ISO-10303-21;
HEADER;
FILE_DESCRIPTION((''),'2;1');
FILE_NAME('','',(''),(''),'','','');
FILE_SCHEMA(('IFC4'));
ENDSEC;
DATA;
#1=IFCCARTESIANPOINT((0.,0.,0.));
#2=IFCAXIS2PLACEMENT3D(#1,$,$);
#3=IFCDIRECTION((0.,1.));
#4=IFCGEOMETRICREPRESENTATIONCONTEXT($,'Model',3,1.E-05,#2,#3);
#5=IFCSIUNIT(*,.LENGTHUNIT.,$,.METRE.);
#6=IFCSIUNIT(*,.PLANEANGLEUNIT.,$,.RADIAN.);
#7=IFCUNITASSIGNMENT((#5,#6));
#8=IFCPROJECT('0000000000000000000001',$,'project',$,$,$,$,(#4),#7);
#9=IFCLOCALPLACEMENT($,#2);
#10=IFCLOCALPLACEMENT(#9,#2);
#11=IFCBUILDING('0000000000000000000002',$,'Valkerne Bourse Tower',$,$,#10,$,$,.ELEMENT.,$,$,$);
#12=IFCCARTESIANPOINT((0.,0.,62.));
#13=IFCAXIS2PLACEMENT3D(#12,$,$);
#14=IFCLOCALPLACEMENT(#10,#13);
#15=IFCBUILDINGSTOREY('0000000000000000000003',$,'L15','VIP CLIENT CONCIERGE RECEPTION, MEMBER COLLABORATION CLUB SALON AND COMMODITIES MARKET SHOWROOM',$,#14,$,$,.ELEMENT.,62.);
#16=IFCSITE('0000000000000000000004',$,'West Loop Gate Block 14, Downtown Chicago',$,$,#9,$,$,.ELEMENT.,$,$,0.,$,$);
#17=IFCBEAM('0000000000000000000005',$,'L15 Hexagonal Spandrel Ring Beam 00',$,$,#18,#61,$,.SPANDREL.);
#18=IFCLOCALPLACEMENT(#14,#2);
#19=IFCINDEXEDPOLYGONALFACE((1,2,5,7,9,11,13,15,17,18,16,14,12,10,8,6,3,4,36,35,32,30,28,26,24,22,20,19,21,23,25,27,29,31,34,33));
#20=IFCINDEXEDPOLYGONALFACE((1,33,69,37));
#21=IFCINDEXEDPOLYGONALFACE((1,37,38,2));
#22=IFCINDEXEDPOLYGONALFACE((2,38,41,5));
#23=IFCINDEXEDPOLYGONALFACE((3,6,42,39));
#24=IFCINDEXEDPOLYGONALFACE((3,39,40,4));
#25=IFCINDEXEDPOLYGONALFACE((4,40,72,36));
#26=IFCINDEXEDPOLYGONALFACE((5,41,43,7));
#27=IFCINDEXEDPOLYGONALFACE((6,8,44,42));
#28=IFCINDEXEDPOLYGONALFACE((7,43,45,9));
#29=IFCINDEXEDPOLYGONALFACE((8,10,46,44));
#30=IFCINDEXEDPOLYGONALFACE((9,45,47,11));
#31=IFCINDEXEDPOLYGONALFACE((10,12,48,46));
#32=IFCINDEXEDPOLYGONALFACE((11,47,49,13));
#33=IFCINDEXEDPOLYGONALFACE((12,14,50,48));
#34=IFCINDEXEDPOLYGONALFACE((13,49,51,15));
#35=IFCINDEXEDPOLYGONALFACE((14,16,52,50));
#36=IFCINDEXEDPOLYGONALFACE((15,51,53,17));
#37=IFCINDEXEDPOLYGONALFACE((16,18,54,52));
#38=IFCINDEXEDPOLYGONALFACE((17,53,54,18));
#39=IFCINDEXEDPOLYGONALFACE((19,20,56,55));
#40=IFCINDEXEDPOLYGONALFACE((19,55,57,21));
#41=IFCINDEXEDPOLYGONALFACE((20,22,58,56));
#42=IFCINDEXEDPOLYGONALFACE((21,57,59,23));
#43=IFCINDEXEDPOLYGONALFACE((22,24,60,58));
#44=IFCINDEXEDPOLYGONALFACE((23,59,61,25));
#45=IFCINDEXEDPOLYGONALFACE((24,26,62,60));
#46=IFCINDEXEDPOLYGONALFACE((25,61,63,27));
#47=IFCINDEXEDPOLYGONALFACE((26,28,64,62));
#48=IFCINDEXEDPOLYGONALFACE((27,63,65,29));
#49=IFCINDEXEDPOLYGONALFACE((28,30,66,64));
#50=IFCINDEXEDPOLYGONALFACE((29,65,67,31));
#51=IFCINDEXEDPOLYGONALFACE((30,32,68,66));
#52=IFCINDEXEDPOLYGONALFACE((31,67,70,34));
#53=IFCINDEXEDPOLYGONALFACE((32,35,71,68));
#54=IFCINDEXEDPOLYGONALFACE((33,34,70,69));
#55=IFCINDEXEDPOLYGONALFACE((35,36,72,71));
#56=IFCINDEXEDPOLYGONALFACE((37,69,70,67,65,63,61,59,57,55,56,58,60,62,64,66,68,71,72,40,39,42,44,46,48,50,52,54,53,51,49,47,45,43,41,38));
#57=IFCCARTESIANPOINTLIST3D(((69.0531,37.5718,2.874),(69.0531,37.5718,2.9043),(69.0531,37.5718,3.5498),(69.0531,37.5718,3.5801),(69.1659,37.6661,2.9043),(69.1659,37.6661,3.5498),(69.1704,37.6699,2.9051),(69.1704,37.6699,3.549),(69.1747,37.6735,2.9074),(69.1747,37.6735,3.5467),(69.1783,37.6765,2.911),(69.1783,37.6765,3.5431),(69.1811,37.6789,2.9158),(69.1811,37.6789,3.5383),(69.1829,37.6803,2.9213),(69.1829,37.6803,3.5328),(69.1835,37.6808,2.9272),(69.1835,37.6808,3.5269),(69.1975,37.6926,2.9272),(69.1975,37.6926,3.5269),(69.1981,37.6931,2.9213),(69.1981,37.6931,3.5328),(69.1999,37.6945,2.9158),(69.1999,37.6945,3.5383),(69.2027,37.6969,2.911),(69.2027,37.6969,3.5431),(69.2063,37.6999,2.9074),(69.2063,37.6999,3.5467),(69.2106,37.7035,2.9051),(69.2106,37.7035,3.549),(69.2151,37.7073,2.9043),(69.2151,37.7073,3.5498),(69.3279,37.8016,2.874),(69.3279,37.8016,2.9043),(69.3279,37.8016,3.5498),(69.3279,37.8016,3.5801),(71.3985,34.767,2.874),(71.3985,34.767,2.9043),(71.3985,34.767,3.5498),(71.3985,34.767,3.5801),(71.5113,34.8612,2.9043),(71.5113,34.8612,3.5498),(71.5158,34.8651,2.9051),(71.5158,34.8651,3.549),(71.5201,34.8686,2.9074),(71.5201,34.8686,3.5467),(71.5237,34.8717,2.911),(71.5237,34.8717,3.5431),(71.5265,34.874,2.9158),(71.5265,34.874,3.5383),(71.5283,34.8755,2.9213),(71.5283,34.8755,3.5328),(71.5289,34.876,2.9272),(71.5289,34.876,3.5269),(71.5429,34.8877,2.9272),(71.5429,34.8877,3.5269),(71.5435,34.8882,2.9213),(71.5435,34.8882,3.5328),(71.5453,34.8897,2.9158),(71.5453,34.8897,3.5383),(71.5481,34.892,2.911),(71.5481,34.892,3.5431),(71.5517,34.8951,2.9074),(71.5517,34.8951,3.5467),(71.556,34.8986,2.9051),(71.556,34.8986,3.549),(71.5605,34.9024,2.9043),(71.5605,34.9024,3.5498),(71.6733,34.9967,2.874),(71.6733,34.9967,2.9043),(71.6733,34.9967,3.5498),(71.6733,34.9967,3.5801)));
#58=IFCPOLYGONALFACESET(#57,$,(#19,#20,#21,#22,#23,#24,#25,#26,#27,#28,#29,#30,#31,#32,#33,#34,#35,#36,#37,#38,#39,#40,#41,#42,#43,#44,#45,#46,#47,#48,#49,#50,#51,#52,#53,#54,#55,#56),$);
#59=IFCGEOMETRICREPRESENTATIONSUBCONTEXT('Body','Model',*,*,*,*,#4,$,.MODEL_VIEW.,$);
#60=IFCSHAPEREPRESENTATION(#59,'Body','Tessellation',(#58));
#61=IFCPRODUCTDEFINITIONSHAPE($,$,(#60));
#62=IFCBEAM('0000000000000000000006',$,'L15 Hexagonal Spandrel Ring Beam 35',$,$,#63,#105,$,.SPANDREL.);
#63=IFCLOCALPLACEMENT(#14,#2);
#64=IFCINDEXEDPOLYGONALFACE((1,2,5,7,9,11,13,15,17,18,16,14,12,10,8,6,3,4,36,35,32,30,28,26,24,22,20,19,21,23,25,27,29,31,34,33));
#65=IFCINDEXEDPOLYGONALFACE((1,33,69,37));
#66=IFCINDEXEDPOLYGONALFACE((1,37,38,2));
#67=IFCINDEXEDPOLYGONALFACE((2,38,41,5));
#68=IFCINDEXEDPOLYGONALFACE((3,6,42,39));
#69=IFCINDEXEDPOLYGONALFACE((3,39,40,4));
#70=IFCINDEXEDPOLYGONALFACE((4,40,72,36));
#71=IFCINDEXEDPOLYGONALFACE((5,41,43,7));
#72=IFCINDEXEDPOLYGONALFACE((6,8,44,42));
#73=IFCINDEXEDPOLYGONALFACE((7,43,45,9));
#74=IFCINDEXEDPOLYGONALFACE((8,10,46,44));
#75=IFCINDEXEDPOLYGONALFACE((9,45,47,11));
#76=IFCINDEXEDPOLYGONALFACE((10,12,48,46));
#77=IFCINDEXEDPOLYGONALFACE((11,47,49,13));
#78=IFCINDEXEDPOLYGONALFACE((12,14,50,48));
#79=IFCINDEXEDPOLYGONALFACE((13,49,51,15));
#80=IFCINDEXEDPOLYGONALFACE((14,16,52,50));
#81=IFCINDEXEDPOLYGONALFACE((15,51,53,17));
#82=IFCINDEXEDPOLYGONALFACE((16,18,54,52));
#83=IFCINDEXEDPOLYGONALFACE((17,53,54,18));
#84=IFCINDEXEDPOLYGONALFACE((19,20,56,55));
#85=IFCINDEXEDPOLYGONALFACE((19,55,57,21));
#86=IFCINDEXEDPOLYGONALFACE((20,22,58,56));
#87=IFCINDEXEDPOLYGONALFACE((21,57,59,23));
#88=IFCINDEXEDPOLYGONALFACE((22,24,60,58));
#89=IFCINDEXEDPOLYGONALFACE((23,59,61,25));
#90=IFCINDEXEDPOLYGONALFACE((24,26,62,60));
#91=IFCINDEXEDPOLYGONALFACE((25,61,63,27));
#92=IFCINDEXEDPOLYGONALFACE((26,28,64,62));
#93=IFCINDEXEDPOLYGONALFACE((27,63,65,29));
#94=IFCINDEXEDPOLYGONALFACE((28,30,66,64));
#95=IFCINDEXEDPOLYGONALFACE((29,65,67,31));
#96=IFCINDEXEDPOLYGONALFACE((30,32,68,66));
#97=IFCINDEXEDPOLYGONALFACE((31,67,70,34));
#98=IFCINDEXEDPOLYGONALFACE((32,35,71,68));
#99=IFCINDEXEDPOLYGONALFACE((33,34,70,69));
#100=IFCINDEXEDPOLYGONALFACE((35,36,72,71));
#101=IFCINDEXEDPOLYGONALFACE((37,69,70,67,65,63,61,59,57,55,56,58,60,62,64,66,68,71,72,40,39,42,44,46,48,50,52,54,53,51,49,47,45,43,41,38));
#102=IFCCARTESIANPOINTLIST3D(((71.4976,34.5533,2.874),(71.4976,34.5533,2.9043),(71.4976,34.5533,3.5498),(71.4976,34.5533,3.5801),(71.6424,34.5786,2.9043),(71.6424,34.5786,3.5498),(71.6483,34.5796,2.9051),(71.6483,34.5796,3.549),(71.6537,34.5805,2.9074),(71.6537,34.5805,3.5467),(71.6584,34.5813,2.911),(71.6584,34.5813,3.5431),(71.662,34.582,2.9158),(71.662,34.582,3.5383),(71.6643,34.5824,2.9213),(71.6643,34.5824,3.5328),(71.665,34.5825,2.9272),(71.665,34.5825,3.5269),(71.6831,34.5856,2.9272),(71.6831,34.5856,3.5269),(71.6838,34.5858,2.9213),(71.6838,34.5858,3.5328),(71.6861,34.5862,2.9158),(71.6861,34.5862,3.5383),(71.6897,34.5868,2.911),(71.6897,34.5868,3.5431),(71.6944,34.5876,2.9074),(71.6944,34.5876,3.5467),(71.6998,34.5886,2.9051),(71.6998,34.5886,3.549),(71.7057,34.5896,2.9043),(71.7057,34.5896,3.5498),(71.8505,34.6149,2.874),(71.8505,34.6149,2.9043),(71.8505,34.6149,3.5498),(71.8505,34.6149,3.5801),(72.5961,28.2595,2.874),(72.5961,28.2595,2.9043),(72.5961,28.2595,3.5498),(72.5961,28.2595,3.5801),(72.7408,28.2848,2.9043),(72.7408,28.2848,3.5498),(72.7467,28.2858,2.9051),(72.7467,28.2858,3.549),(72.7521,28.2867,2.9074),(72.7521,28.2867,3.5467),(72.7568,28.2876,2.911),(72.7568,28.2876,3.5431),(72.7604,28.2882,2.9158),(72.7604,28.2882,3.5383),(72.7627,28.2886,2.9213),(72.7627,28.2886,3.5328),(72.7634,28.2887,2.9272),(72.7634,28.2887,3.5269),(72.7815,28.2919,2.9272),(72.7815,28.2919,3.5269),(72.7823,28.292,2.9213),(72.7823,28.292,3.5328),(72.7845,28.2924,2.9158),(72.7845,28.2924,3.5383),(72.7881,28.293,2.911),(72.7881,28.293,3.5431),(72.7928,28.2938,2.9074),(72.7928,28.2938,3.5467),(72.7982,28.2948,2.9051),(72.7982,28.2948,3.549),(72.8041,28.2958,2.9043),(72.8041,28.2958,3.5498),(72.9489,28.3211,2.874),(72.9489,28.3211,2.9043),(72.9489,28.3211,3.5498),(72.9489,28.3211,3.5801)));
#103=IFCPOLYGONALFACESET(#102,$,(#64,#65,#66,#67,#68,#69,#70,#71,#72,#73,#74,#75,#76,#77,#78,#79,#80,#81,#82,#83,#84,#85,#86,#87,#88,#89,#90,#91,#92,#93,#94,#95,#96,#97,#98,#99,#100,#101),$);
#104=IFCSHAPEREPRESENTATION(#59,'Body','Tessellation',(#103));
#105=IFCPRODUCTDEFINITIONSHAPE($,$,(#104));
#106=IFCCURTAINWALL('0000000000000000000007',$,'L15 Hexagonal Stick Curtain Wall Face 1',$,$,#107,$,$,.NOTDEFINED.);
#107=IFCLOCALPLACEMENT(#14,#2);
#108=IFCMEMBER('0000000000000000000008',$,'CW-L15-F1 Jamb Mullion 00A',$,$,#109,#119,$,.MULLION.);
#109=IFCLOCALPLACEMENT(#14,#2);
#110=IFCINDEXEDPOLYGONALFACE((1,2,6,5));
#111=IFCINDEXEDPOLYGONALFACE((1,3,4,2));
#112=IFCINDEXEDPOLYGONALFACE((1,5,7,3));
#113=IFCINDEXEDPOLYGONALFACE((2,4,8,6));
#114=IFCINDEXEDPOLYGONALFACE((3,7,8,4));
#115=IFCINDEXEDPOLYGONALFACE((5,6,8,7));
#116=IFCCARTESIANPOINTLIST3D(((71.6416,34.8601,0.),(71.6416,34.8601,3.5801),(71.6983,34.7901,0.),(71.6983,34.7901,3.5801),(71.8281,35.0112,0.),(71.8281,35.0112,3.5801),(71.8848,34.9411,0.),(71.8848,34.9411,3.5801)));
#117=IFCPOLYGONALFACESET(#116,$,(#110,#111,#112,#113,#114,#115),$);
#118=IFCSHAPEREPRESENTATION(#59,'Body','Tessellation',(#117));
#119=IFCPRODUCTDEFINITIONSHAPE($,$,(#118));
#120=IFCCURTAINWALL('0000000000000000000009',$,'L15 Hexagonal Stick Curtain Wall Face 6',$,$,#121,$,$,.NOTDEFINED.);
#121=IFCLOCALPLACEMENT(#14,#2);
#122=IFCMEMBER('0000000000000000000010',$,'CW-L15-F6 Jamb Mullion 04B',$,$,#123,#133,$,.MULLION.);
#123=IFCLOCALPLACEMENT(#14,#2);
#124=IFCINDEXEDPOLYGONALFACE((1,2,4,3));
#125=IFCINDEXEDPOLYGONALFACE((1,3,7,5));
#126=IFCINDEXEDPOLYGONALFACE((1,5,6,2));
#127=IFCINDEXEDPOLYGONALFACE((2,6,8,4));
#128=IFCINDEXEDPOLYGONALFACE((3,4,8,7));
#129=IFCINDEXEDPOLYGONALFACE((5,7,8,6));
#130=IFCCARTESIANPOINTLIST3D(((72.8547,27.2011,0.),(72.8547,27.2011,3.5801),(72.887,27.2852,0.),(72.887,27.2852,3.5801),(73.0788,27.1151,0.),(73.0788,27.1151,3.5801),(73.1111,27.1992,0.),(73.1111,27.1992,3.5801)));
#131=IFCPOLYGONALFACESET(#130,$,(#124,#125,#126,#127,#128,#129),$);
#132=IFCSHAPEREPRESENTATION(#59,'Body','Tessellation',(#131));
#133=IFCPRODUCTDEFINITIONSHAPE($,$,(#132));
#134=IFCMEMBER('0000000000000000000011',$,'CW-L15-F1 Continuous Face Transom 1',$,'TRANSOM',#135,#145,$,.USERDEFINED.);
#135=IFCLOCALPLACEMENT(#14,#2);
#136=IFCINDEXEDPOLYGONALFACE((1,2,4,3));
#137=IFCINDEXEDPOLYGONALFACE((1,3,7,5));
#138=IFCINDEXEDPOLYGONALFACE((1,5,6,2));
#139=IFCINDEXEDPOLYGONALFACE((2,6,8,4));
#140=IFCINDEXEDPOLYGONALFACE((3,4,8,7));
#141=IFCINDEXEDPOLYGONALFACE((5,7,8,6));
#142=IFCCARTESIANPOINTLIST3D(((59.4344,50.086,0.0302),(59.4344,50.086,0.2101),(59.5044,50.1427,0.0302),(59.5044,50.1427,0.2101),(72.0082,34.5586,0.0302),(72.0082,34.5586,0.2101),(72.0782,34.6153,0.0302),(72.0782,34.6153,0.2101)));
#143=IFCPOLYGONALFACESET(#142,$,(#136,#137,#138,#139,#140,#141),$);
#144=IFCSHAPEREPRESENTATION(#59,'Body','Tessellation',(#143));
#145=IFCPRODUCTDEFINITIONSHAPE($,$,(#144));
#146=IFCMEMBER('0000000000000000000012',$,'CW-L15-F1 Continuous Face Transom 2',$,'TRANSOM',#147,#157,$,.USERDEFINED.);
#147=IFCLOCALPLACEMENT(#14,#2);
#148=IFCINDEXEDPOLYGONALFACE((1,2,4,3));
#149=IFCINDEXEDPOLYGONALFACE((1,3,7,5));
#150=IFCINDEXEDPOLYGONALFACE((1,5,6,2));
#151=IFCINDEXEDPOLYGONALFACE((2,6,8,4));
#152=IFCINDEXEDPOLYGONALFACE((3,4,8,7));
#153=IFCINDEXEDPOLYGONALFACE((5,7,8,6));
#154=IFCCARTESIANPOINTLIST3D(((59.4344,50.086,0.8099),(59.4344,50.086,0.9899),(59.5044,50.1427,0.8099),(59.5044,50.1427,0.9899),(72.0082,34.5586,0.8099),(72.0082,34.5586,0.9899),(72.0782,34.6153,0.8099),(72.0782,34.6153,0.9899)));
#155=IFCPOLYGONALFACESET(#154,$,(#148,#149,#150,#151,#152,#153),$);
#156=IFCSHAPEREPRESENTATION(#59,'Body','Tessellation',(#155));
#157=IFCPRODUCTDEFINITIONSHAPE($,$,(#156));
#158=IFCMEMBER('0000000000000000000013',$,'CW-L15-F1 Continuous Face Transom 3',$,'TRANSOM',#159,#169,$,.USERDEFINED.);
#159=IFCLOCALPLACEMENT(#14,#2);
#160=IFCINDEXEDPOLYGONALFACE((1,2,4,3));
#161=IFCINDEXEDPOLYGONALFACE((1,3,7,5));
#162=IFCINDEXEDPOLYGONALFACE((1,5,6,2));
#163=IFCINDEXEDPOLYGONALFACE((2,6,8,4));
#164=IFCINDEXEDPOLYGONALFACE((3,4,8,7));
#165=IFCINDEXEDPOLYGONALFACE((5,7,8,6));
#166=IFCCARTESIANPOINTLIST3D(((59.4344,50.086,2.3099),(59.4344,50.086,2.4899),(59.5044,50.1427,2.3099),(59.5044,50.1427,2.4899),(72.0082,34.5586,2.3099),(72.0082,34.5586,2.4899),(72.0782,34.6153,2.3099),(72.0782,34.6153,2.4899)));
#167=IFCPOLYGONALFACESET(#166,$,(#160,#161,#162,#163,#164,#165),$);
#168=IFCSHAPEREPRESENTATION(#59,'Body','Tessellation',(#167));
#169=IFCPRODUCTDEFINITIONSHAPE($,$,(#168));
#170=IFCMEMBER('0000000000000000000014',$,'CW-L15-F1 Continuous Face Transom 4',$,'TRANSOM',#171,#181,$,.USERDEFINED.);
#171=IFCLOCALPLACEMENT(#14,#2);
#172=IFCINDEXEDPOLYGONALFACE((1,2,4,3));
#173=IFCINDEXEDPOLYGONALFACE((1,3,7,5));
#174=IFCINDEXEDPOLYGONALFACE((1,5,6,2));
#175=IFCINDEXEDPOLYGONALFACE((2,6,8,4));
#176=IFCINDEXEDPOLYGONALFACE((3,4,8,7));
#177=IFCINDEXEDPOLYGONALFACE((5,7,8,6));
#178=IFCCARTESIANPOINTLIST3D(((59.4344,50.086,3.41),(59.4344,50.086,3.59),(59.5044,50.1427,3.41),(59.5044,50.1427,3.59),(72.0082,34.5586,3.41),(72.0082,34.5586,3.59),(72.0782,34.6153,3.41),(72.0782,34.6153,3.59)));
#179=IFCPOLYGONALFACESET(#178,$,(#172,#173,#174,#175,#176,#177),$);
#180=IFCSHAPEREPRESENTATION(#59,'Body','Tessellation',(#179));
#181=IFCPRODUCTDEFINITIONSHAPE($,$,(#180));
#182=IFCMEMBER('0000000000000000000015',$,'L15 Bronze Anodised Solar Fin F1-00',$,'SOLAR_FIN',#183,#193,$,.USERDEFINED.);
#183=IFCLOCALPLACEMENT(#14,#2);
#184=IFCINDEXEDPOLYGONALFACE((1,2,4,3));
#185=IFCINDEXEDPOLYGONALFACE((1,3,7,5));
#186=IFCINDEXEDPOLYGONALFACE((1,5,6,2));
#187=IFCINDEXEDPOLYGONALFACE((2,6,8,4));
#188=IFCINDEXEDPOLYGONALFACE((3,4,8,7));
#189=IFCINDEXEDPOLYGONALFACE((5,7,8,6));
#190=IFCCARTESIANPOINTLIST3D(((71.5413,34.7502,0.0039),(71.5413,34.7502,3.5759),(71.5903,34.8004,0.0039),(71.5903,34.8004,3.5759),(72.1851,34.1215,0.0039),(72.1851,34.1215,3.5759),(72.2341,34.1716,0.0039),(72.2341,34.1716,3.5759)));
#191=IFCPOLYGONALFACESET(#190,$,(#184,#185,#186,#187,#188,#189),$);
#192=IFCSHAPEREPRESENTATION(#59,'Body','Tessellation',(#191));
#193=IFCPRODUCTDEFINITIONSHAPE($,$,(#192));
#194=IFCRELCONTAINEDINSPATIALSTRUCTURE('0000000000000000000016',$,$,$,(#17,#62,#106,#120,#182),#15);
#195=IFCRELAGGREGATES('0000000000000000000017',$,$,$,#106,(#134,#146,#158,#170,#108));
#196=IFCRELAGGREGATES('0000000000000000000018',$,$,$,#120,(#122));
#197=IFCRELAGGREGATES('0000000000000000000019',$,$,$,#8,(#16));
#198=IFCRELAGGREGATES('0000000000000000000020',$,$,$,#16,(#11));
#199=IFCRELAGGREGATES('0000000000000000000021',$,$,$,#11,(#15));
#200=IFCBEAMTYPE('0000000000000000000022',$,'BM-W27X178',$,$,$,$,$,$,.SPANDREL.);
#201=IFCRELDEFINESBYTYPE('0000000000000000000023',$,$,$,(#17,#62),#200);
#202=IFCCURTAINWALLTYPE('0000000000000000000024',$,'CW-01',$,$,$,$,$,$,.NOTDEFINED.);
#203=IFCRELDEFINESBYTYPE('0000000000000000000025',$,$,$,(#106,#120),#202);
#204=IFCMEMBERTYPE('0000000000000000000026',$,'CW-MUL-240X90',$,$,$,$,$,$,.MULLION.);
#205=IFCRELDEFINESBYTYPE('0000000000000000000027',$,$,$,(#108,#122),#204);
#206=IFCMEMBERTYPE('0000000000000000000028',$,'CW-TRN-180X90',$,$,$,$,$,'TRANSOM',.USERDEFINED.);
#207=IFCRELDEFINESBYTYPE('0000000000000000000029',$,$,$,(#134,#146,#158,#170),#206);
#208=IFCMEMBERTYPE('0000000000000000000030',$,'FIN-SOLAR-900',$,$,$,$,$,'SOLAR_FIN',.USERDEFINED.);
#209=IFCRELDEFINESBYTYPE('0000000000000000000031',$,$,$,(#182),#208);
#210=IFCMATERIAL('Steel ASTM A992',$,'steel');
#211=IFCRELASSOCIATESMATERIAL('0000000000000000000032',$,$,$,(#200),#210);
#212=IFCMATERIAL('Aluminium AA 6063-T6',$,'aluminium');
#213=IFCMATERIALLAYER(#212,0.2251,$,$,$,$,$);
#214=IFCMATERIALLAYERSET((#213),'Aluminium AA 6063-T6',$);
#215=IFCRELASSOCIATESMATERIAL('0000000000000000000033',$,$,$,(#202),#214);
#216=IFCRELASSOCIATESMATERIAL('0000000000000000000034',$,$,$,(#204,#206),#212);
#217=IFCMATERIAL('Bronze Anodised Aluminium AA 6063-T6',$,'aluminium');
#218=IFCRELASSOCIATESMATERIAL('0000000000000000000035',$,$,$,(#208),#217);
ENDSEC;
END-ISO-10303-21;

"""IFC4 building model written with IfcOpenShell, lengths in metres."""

from ifc_helpers import new_model, si_unit, direction, frame, origin, origin_2d, place, context, subcontext, project, spatial, rectangle, i_section, extrude, material, layer, layer_set, material_profile, profile_set, type_object, element, aggregate, save


model = new_model("IFC4")

# Units and contexts
model_context = context("Model", 3, precision=1e-05, world=origin(), true_north=direction((0.0, 1.0)))
body_context = subcontext(model_context, "Body", "Model", "MODEL_VIEW")
ifc_project = project(units=[si_unit("LENGTHUNIT", "METRE"), si_unit("PLANEANGLEUNIT", "RADIAN")], contexts=[model_context])

# Site, building, storey
site_placement = place(None, origin())
site = spatial("IfcSite", under=ifc_project, at=site_placement, Name="West Loop Gate Block 14, Downtown Chicago", CompositionType="ELEMENT", RefElevation=0.0)
building_placement = place(site_placement, origin())
building = spatial("IfcBuilding", under=site, at=building_placement, Name="Valkerne Bourse Tower", CompositionType="ELEMENT")
storey_placement = place(building_placement, frame((0.0, 0.0, 62.0)))
storey = spatial("IfcBuildingStorey", under=building, at=storey_placement, Name="L15", Description="VIP CLIENT CONCIERGE RECEPTION, MEMBER COLLABORATION CLUB SALON AND COMMODITIES MARKET SHOWROOM", CompositionType="ELEMENT", Elevation=62.0)

# Beams
ifc_material_1 = material(Name="Steel ASTM A992", Category="steel")
ifc_material_profile_1 = material_profile(ifc_material_1, i_section(OverallWidth=0.3582, OverallDepth=0.7061, WebThickness=0.0183, FlangeThickness=0.0303, FilletRadius=0.0229, at=origin_2d()), Name="W27X178")
ifc_profile_set_1 = profile_set([ifc_material_profile_1], Name="Steel ASTM A992")
beam_type_1 = type_object("IfcBeamType", Name="BM-W27X178", PredefinedType="SPANDREL", material=ifc_profile_set_1)
beam_1_placement = place(storey_placement, frame((71.5359, 34.8818, 3.2271), z_axis=(-0.641477, 0.767142, 0.0), x_axis=(-0.767142, -0.641477, 0.0)))
element("IfcBeam", 1, at=beam_1_placement, inside=storey, type_object=beam_type_1, Name="L15 Hexagonal Spandrel Ring Beam 00", PredefinedType="SPANDREL", context=body_context, shape_type="SweptSolid", body=[
    extrude(i_section(OverallWidth=0.3582, OverallDepth=0.7061, WebThickness=0.0183, FlangeThickness=0.0303, FilletRadius=0.0229, at=origin_2d()), origin(), (0.0, 0.0, 1.0), 3.6562),
])
beam_2_placement = place(storey_placement, frame((72.7725, 28.2903, 3.2271), z_axis=(-0.171923, 0.98511, 0.0), x_axis=(-0.98511, -0.171923, 0.0)))
element("IfcBeam", 2, at=beam_2_placement, inside=storey, type_object=beam_type_1, Name="L15 Hexagonal Spandrel Ring Beam 35", PredefinedType="SPANDREL", context=body_context, shape_type="SweptSolid", body=[
    extrude(i_section(OverallWidth=0.3582, OverallDepth=0.7061, WebThickness=0.0183, FlangeThickness=0.0303, FilletRadius=0.0229, at=origin_2d()), origin(), (0.0, 0.0, 1.0), 6.3889),
])

# Curtain walls, members
ifc_material_2 = material(Name="Aluminium AA 6063-T6", Category="aluminium")
ifc_layer_1 = layer(ifc_material_2, 0.2251)
ifc_layer_set_1 = layer_set([ifc_layer_1], Name="Aluminium AA 6063-T6")
curtain_wall_type = type_object("IfcCurtainWallType", Name="CW-01", PredefinedType="NOTDEFINED", material=ifc_layer_set_1)
curtain_wall_1_placement = place(storey_placement, origin())
curtain_wall_1 = element("IfcCurtainWall", 3, at=curtain_wall_1_placement, inside=storey, type_object=curtain_wall_type, Name="L15 Hexagonal Stick Curtain Wall Face 1", PredefinedType="NOTDEFINED")
ifc_material_profile_2 = material_profile(ifc_material_2, rectangle(XDim=0.0901, YDim=0.24, at=origin_2d()), Name="CWM-90X240")
ifc_profile_set_2 = profile_set([ifc_material_profile_2], Name="Aluminium AA 6063-T6")
member_type_1 = type_object("IfcMemberType", Name="CW-MUL-240X90", PredefinedType="MULLION", material=ifc_profile_set_2)
member_1_placement = place(storey_placement, frame((71.7632, 34.9006, 0.0), z_axis=(0.0, 0.0, 1.0), x_axis=(-0.62932, 0.777146, 0.0)))
member_1 = element("IfcMember", 4, at=member_1_placement, type_object=member_type_1, Name="CW-L15-F1 Jamb Mullion 00A", PredefinedType="MULLION", context=body_context, shape_type="SweptSolid", body=[
    extrude(rectangle(XDim=0.0901, YDim=0.24, at=origin_2d()), origin(), (0.0, 0.0, 1.0), 3.5801),
])
curtain_wall_2_placement = place(storey_placement, origin())
curtain_wall_2 = element("IfcCurtainWall", 5, at=curtain_wall_2_placement, inside=storey, type_object=curtain_wall_type, Name="L15 Hexagonal Stick Curtain Wall Face 6", PredefinedType="NOTDEFINED")
member_2_placement = place(storey_placement, frame((72.9829, 27.2002, 0.0), z_axis=(0.0, 0.0, 1.0), x_axis=(0.358359, 0.933584, 0.0)))
member_2 = element("IfcMember", 6, at=member_2_placement, type_object=member_type_1, Name="CW-L15-F6 Jamb Mullion 04B", PredefinedType="MULLION", context=body_context, shape_type="SweptSolid", body=[
    extrude(rectangle(XDim=0.0901, YDim=0.24, at=origin_2d()), origin(), (0.0, 0.0, 1.0), 3.5801),
])

# Members
ifc_material_profile_3 = material_profile(ifc_material_2, rectangle(XDim=0.0901, YDim=0.1799, at=origin_2d()), Name="CWT-90X180")
ifc_profile_set_3 = profile_set([ifc_material_profile_3], Name="Aluminium AA 6063-T6")
member_type_2 = type_object("IfcMemberType", Name="CW-TRN-180X90", ElementType="TRANSOM", PredefinedType="USERDEFINED", material=ifc_profile_set_3)
member_3_placement = place(storey_placement, frame((72.0432, 34.5869, 0.1201), z_axis=(-0.629318, 0.777148, 0.0), x_axis=(-0.777148, -0.629318, 0.0)))
member_3 = element("IfcMember", 7, at=member_3_placement, type_object=member_type_2, Name="CW-L15-F1 Continuous Face Transom 1", ObjectType="TRANSOM", PredefinedType="USERDEFINED", context=body_context, shape_type="SweptSolid", body=[
    extrude(rectangle(XDim=0.0901, YDim=0.1799, at=origin_2d()), origin(), (0.0, 0.0, 1.0), 19.98),
])
member_4_placement = place(storey_placement, frame((72.0432, 34.5869, 0.8999), z_axis=(-0.629318, 0.777148, 0.0), x_axis=(-0.777148, -0.629318, 0.0)))
member_4 = element("IfcMember", 8, at=member_4_placement, type_object=member_type_2, Name="CW-L15-F1 Continuous Face Transom 2", ObjectType="TRANSOM", PredefinedType="USERDEFINED", context=body_context, shape_type="SweptSolid", body=[
    extrude(rectangle(XDim=0.0901, YDim=0.1799, at=origin_2d()), origin(), (0.0, 0.0, 1.0), 19.98),
])
member_5_placement = place(storey_placement, frame((72.0432, 34.5869, 2.3999), z_axis=(-0.629318, 0.777148, 0.0), x_axis=(-0.777148, -0.629318, 0.0)))
member_5 = element("IfcMember", 9, at=member_5_placement, type_object=member_type_2, Name="CW-L15-F1 Continuous Face Transom 3", ObjectType="TRANSOM", PredefinedType="USERDEFINED", context=body_context, shape_type="SweptSolid", body=[
    extrude(rectangle(XDim=0.0901, YDim=0.1799, at=origin_2d()), origin(), (0.0, 0.0, 1.0), 19.98),
])
member_6_placement = place(storey_placement, frame((72.0432, 34.5869, 3.5), z_axis=(-0.629318, 0.777148, 0.0), x_axis=(-0.777148, -0.629318, 0.0)))
member_6 = element("IfcMember", 10, at=member_6_placement, type_object=member_type_2, Name="CW-L15-F1 Continuous Face Transom 4", ObjectType="TRANSOM", PredefinedType="USERDEFINED", context=body_context, shape_type="SweptSolid", body=[
    extrude(rectangle(XDim=0.0901, YDim=0.1799, at=origin_2d()), origin(), (0.0, 0.0, 1.0), 19.98),
])
ifc_material_3 = material(Name="Bronze Anodised Aluminium AA 6063-T6", Category="aluminium")
ifc_material_profile_4 = material_profile(ifc_material_3, rectangle(XDim=0.0701, YDim=0.8999, at=origin_2d()), Name="FIN-70X900")
ifc_profile_set_4 = profile_set([ifc_material_profile_4], Name="Bronze Anodised Aluminium AA 6063-T6")
member_type_3 = type_object("IfcMemberType", Name="FIN-SOLAR-900", ElementType="SOLAR_FIN", PredefinedType="USERDEFINED", material=ifc_profile_set_4)
member_7_placement = place(storey_placement, frame((71.8877, 34.4609, 0.0039), z_axis=(0.0, 0.0, 1.0), x_axis=(0.698663, 0.715451, 0.0)))
element("IfcMember", 11, at=member_7_placement, inside=storey, type_object=member_type_3, Name="L15 Bronze Anodised Solar Fin F1-00", ObjectType="SOLAR_FIN", PredefinedType="USERDEFINED", context=body_context, shape_type="SweptSolid", body=[
    extrude(rectangle(XDim=0.0701, YDim=0.8999, at=origin_2d()), origin(), (0.0, 0.0, 1.0), 3.572),
])

aggregate(curtain_wall_1, [member_3, member_4, member_5, member_6, member_1])
aggregate(curtain_wall_2, [member_2])

save(model, "model.ifc")
